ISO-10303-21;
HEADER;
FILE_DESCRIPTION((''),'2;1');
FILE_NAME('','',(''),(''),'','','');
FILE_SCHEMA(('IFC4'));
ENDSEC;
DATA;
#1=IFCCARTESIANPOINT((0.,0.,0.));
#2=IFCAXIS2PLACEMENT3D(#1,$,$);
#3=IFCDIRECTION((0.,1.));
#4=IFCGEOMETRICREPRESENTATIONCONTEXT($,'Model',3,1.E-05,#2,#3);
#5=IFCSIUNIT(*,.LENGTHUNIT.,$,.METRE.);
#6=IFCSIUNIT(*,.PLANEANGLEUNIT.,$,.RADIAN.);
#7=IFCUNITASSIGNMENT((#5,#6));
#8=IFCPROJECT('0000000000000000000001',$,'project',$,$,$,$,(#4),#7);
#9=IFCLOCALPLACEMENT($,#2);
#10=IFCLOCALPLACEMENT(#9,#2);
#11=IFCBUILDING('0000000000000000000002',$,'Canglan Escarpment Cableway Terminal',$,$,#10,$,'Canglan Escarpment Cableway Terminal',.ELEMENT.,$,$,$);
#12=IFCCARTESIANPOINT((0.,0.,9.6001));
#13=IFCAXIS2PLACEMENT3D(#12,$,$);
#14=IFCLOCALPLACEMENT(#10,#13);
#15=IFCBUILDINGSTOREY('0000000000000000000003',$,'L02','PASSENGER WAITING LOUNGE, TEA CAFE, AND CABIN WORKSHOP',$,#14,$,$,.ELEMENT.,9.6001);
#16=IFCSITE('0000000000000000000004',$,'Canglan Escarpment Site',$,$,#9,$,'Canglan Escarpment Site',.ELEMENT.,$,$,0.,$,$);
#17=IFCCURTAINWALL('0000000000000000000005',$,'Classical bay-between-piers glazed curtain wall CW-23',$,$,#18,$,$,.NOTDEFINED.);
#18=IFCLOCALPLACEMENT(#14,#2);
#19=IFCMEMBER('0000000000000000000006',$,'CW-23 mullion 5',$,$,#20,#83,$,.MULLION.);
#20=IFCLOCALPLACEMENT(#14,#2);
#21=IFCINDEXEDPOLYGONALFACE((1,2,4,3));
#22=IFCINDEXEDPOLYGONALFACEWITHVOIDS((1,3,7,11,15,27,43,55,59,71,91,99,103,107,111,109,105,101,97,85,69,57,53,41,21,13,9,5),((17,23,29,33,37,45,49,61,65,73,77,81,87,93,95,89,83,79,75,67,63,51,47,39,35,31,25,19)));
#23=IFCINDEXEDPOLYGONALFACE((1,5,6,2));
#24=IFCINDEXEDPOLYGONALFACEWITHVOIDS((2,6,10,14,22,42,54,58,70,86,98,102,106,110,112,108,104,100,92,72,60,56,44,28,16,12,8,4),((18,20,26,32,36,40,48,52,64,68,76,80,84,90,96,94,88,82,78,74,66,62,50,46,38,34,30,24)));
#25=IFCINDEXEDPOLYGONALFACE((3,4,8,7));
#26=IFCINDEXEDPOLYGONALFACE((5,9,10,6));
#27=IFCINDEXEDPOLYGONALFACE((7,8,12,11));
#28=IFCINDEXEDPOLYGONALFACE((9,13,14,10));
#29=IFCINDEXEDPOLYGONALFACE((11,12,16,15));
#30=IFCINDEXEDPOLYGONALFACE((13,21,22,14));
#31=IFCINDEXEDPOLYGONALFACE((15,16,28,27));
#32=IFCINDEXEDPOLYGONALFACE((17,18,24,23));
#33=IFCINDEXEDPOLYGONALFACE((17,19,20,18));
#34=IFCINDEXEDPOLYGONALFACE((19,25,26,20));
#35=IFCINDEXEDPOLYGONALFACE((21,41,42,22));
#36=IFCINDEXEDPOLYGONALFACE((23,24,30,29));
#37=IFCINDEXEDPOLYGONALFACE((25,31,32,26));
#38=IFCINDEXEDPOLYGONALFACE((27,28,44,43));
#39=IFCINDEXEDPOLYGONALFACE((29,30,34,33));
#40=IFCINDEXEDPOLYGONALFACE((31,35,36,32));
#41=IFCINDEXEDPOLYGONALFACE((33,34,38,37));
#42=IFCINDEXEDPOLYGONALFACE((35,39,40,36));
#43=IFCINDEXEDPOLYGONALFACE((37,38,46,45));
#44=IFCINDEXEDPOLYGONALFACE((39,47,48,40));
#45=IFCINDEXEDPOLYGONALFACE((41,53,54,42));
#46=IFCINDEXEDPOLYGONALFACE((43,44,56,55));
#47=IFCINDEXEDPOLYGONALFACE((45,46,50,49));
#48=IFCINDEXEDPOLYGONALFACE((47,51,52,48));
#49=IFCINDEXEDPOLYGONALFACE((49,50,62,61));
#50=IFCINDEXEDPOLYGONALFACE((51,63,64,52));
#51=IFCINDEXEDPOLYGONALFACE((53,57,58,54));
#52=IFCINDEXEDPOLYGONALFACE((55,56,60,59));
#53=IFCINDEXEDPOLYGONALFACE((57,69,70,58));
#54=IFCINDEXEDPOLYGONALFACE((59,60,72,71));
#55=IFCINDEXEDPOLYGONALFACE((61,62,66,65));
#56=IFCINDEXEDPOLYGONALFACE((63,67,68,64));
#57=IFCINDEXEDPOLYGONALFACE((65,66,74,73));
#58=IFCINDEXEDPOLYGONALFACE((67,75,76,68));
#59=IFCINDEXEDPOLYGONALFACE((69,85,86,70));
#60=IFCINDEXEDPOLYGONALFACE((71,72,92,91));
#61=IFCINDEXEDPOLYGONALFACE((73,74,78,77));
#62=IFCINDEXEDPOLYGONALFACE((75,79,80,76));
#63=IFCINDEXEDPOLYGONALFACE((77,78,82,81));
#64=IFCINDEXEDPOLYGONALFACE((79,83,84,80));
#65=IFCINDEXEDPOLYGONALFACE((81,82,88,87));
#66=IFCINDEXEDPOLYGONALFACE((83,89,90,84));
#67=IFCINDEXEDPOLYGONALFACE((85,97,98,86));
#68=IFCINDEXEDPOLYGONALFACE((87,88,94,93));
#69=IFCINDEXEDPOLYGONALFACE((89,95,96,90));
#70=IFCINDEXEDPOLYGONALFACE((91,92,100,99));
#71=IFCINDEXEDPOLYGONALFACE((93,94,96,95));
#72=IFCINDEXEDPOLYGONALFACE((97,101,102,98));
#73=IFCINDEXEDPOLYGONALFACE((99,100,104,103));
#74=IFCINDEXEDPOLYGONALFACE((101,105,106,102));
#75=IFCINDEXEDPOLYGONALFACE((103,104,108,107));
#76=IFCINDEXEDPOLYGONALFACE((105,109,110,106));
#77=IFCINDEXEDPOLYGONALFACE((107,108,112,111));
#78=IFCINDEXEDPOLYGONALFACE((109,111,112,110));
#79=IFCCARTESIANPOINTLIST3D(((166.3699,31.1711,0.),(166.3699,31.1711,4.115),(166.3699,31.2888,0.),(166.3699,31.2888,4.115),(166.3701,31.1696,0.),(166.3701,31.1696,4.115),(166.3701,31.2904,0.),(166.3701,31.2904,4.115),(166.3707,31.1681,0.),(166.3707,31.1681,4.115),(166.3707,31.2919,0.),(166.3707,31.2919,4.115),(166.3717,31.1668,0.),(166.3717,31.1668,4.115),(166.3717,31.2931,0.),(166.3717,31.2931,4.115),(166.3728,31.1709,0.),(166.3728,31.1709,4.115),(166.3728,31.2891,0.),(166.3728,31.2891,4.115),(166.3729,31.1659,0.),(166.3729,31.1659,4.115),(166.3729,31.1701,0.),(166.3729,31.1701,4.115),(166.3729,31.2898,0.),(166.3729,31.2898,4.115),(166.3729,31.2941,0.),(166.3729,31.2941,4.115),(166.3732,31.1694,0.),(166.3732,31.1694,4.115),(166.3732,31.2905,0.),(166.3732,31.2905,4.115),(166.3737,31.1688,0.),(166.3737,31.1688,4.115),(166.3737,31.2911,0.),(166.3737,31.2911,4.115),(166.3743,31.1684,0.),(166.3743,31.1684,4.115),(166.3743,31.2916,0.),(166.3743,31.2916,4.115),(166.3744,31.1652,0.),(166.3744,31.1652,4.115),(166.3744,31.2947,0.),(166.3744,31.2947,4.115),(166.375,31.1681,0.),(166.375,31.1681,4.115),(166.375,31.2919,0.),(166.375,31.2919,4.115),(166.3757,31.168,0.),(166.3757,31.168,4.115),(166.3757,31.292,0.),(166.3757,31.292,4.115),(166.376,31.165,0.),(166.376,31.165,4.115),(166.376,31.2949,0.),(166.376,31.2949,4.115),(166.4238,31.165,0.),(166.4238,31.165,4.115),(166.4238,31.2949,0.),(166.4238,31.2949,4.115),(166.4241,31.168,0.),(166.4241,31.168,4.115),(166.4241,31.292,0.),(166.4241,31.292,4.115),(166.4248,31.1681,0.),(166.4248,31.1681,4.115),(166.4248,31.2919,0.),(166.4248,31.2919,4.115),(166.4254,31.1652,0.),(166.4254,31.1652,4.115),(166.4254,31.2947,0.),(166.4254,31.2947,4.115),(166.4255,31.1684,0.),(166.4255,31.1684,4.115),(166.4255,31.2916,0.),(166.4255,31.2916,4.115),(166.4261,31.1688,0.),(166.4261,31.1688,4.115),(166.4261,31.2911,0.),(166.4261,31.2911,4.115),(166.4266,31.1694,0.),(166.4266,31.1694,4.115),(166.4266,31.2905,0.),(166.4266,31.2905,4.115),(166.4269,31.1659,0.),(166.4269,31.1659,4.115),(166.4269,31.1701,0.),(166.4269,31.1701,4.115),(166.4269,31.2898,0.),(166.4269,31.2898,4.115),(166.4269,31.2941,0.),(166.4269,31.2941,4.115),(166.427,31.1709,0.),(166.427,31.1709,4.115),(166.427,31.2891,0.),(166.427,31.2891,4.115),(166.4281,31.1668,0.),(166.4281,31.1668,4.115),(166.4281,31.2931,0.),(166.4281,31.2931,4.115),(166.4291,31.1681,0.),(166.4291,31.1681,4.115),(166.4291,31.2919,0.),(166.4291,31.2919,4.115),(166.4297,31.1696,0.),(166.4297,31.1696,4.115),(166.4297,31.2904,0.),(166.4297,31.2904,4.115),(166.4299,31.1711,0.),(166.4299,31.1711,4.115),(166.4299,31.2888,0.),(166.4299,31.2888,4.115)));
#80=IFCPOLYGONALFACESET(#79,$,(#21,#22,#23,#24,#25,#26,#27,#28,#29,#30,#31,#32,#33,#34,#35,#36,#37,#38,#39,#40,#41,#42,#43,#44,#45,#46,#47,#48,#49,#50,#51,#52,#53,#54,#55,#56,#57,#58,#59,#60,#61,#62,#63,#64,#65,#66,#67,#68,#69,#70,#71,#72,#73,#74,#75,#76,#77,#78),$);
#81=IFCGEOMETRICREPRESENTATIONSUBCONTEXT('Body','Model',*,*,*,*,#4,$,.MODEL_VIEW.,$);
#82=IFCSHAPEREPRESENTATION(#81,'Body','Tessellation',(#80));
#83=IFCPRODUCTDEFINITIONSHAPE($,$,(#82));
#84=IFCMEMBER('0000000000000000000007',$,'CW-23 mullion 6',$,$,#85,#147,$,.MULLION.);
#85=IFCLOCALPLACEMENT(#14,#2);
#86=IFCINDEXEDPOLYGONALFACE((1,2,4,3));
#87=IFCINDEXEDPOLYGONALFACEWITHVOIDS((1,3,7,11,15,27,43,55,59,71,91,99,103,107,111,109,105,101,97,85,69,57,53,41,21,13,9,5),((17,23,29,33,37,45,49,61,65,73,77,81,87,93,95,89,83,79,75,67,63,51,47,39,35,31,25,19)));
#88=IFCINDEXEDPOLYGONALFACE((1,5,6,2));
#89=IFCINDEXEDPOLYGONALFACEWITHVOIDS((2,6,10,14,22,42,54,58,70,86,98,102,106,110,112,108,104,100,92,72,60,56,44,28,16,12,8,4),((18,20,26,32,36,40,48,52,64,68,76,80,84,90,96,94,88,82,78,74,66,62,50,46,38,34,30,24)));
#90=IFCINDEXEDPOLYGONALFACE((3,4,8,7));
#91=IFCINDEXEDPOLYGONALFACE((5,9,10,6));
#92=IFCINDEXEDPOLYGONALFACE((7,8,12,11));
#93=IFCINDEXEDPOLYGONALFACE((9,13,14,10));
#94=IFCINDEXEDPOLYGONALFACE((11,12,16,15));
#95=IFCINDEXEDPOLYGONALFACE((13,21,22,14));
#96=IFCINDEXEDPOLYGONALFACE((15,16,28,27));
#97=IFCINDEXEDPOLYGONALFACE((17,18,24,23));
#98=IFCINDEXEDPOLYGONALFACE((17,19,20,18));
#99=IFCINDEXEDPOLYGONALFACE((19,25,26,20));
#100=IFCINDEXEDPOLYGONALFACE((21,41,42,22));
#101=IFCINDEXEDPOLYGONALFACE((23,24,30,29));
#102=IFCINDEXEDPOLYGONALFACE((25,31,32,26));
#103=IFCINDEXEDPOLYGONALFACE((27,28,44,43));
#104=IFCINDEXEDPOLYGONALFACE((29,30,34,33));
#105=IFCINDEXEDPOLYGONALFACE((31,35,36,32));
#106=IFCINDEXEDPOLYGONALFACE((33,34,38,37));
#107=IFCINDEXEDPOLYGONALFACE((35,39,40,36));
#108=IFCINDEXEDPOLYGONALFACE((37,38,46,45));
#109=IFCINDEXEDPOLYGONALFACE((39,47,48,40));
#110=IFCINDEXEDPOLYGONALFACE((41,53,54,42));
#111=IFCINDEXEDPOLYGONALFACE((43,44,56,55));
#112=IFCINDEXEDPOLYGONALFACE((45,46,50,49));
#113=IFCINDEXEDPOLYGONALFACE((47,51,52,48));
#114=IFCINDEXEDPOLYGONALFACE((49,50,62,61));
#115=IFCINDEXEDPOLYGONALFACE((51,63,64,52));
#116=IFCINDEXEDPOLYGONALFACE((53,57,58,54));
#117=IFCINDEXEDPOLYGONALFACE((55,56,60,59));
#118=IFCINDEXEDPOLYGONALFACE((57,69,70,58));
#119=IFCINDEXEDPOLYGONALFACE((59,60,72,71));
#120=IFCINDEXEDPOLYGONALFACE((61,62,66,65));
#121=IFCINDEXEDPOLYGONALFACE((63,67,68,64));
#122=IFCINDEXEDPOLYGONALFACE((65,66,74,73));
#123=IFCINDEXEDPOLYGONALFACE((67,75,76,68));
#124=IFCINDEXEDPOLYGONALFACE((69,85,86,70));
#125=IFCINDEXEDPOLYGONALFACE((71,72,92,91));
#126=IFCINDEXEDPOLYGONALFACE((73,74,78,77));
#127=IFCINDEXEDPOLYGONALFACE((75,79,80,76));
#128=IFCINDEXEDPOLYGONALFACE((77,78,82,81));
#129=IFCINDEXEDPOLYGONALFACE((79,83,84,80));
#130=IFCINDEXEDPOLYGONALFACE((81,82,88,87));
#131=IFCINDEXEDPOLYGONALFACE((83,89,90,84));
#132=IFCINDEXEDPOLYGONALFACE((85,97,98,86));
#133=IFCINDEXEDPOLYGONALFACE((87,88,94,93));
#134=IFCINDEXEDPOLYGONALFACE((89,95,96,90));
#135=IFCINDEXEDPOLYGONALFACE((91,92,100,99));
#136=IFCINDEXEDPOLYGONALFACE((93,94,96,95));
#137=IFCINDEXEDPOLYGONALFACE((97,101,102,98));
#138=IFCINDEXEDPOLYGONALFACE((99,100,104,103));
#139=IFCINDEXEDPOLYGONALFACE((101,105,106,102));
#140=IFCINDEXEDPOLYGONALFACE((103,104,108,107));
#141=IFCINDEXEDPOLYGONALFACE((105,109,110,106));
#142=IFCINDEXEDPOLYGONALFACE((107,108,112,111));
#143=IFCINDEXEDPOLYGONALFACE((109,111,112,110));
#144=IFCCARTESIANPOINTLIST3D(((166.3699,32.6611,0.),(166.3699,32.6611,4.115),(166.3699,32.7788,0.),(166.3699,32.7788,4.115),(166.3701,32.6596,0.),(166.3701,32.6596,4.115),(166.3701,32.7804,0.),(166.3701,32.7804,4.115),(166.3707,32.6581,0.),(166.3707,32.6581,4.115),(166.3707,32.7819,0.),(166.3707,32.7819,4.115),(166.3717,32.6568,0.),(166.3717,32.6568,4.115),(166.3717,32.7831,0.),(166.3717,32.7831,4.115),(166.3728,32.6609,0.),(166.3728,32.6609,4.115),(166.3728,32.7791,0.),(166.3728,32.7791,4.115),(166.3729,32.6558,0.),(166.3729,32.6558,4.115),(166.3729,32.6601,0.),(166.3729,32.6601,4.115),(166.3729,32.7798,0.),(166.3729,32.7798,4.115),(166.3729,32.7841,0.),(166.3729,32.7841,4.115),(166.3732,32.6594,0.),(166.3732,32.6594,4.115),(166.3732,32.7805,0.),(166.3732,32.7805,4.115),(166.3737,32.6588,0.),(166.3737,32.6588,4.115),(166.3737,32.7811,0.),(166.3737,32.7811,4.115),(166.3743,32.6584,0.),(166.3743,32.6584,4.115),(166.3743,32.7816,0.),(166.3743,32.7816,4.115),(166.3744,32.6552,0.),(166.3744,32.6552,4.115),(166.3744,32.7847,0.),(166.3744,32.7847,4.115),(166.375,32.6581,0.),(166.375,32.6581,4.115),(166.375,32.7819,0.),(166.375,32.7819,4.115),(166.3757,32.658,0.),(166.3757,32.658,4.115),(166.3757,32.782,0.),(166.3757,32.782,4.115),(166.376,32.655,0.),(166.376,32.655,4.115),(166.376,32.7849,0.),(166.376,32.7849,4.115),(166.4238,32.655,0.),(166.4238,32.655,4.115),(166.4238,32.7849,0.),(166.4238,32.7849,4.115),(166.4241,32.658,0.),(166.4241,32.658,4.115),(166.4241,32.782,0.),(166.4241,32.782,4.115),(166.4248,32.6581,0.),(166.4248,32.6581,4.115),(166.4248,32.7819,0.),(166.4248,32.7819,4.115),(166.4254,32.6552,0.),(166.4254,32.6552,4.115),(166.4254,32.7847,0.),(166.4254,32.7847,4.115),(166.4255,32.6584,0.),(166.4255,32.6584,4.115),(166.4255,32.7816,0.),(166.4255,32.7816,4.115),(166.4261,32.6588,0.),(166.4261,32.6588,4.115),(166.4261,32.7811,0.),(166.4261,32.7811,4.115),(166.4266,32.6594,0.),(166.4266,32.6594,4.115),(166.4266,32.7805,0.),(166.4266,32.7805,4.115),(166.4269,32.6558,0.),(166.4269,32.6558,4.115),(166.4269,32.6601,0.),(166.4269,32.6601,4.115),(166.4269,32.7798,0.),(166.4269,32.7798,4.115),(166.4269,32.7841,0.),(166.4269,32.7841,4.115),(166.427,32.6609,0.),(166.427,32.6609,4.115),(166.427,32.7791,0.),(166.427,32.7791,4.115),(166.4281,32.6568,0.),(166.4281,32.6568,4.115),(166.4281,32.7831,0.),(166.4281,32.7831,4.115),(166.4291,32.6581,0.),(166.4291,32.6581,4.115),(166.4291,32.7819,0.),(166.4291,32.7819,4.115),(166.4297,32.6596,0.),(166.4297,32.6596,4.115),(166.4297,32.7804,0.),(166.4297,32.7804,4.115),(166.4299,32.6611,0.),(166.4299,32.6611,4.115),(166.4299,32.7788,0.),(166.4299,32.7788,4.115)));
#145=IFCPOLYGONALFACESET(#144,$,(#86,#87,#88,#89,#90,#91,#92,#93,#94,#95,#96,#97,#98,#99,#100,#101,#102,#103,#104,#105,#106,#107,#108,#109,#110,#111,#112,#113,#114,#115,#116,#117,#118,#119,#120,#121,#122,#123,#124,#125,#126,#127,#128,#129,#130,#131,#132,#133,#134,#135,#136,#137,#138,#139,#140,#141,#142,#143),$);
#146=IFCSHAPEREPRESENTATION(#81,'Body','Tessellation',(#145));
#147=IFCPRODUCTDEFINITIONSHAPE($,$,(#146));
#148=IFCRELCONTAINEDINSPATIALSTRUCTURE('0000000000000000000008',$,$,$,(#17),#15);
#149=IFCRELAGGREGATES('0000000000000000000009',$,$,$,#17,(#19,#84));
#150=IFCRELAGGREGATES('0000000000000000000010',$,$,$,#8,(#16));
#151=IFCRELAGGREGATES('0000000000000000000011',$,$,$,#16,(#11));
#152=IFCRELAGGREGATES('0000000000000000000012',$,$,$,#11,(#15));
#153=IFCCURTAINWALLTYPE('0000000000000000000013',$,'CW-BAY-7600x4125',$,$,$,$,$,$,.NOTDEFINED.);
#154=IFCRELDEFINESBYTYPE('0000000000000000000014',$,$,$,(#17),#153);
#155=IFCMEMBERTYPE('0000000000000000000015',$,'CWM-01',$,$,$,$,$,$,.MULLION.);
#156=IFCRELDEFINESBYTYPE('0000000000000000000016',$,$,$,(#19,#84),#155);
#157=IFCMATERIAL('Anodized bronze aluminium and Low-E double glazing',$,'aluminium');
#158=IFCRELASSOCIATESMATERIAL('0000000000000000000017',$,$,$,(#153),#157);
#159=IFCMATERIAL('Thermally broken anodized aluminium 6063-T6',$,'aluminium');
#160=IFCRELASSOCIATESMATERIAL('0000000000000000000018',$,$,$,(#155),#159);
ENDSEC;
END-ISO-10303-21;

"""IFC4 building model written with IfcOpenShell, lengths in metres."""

from ifc_helpers import new_model, si_unit, direction, frame, origin, origin_2d, place, context, subcontext, project, spatial, hollow_rectangle, extrude, material, material_profile, profile_set, type_object, element, aggregate, save


model = new_model("IFC4")

# Units and contexts
model_context = context("Model", 3, precision=1e-05, world=origin(), true_north=direction((0.0, 1.0)))
body_context = subcontext(model_context, "Body", "Model", "MODEL_VIEW")
ifc_project = project(units=[si_unit("LENGTHUNIT", "METRE"), si_unit("PLANEANGLEUNIT", "RADIAN")], contexts=[model_context])

# Site, building, storey
site_placement = place(None, origin())
site = spatial("IfcSite", under=ifc_project, at=site_placement, Name="Canglan Escarpment Site", LongName="Canglan Escarpment Site", CompositionType="ELEMENT", RefElevation=0.0)
building_placement = place(site_placement, origin())
building = spatial("IfcBuilding", under=site, at=building_placement, Name="Canglan Escarpment Cableway Terminal", LongName="Canglan Escarpment Cableway Terminal", CompositionType="ELEMENT")
storey_placement = place(building_placement, frame((0.0, 0.0, 9.6001)))
storey = spatial("IfcBuildingStorey", under=building, at=storey_placement, Name="L02", Description="PASSENGER WAITING LOUNGE, TEA CAFE, AND CABIN WORKSHOP", CompositionType="ELEMENT", Elevation=9.6001)

# Curtain wall, members
ifc_material_1 = material(Name="Anodized bronze aluminium and Low-E double glazing", Category="aluminium")
curtain_wall_type_1 = type_object("IfcCurtainWallType", Name="CW-BAY-7600x4125", PredefinedType="NOTDEFINED", material=ifc_material_1)
curtain_wall_1_placement = place(storey_placement, origin())
curtain_wall_1 = element("IfcCurtainWall", 1, at=curtain_wall_1_placement, inside=storey, type_object=curtain_wall_type_1, Name="Classical bay-between-piers glazed curtain wall CW-23", PredefinedType="NOTDEFINED")
ifc_material_2 = material(Name="Thermally broken anodized aluminium 6063-T6", Category="aluminium")
ifc_material_profile_1 = material_profile(ifc_material_2, hollow_rectangle(XDim=0.0601, YDim=0.1299, WallThickness=0.0029, InnerFilletRadius=0.0029, OuterFilletRadius=0.0061, at=origin_2d()), Name="ALU-MULL 60x130x3")
ifc_profile_set_1 = profile_set([ifc_material_profile_1], Name="Thermally broken anodized aluminium 6063-T6")
member_type_1 = type_object("IfcMemberType", Name="CWM-01", PredefinedType="MULLION", material=ifc_profile_set_1)
member_1_placement = place(storey_placement, frame((166.3999, 31.23, 0.0), z_axis=(0.0, 0.0, 1.0), x_axis=(-1.0, 0.0, 0.0)))
member_1 = element("IfcMember", 2, at=member_1_placement, type_object=member_type_1, Name="CW-23 mullion 5", PredefinedType="MULLION", context=body_context, shape_type="SweptSolid", body=[
    extrude(hollow_rectangle(XDim=0.0601, YDim=0.1299, WallThickness=0.0029, InnerFilletRadius=0.0029, OuterFilletRadius=0.0061, at=origin_2d()), origin(), (0.0, 0.0, 1.0), 4.115),
])
member_2_placement = place(storey_placement, frame((166.3999, 32.72, 0.0), z_axis=(0.0, 0.0, 1.0), x_axis=(-1.0, 0.0, 0.0)))
member_2 = element("IfcMember", 3, at=member_2_placement, type_object=member_type_1, Name="CW-23 mullion 6", PredefinedType="MULLION", context=body_context, shape_type="SweptSolid", body=[
    extrude(hollow_rectangle(XDim=0.0601, YDim=0.1299, WallThickness=0.0029, InnerFilletRadius=0.0029, OuterFilletRadius=0.0061, at=origin_2d()), origin(), (0.0, 0.0, 1.0), 4.115),
])

aggregate(curtain_wall_1, [member_1, member_2])

save(model, "model.ifc")
